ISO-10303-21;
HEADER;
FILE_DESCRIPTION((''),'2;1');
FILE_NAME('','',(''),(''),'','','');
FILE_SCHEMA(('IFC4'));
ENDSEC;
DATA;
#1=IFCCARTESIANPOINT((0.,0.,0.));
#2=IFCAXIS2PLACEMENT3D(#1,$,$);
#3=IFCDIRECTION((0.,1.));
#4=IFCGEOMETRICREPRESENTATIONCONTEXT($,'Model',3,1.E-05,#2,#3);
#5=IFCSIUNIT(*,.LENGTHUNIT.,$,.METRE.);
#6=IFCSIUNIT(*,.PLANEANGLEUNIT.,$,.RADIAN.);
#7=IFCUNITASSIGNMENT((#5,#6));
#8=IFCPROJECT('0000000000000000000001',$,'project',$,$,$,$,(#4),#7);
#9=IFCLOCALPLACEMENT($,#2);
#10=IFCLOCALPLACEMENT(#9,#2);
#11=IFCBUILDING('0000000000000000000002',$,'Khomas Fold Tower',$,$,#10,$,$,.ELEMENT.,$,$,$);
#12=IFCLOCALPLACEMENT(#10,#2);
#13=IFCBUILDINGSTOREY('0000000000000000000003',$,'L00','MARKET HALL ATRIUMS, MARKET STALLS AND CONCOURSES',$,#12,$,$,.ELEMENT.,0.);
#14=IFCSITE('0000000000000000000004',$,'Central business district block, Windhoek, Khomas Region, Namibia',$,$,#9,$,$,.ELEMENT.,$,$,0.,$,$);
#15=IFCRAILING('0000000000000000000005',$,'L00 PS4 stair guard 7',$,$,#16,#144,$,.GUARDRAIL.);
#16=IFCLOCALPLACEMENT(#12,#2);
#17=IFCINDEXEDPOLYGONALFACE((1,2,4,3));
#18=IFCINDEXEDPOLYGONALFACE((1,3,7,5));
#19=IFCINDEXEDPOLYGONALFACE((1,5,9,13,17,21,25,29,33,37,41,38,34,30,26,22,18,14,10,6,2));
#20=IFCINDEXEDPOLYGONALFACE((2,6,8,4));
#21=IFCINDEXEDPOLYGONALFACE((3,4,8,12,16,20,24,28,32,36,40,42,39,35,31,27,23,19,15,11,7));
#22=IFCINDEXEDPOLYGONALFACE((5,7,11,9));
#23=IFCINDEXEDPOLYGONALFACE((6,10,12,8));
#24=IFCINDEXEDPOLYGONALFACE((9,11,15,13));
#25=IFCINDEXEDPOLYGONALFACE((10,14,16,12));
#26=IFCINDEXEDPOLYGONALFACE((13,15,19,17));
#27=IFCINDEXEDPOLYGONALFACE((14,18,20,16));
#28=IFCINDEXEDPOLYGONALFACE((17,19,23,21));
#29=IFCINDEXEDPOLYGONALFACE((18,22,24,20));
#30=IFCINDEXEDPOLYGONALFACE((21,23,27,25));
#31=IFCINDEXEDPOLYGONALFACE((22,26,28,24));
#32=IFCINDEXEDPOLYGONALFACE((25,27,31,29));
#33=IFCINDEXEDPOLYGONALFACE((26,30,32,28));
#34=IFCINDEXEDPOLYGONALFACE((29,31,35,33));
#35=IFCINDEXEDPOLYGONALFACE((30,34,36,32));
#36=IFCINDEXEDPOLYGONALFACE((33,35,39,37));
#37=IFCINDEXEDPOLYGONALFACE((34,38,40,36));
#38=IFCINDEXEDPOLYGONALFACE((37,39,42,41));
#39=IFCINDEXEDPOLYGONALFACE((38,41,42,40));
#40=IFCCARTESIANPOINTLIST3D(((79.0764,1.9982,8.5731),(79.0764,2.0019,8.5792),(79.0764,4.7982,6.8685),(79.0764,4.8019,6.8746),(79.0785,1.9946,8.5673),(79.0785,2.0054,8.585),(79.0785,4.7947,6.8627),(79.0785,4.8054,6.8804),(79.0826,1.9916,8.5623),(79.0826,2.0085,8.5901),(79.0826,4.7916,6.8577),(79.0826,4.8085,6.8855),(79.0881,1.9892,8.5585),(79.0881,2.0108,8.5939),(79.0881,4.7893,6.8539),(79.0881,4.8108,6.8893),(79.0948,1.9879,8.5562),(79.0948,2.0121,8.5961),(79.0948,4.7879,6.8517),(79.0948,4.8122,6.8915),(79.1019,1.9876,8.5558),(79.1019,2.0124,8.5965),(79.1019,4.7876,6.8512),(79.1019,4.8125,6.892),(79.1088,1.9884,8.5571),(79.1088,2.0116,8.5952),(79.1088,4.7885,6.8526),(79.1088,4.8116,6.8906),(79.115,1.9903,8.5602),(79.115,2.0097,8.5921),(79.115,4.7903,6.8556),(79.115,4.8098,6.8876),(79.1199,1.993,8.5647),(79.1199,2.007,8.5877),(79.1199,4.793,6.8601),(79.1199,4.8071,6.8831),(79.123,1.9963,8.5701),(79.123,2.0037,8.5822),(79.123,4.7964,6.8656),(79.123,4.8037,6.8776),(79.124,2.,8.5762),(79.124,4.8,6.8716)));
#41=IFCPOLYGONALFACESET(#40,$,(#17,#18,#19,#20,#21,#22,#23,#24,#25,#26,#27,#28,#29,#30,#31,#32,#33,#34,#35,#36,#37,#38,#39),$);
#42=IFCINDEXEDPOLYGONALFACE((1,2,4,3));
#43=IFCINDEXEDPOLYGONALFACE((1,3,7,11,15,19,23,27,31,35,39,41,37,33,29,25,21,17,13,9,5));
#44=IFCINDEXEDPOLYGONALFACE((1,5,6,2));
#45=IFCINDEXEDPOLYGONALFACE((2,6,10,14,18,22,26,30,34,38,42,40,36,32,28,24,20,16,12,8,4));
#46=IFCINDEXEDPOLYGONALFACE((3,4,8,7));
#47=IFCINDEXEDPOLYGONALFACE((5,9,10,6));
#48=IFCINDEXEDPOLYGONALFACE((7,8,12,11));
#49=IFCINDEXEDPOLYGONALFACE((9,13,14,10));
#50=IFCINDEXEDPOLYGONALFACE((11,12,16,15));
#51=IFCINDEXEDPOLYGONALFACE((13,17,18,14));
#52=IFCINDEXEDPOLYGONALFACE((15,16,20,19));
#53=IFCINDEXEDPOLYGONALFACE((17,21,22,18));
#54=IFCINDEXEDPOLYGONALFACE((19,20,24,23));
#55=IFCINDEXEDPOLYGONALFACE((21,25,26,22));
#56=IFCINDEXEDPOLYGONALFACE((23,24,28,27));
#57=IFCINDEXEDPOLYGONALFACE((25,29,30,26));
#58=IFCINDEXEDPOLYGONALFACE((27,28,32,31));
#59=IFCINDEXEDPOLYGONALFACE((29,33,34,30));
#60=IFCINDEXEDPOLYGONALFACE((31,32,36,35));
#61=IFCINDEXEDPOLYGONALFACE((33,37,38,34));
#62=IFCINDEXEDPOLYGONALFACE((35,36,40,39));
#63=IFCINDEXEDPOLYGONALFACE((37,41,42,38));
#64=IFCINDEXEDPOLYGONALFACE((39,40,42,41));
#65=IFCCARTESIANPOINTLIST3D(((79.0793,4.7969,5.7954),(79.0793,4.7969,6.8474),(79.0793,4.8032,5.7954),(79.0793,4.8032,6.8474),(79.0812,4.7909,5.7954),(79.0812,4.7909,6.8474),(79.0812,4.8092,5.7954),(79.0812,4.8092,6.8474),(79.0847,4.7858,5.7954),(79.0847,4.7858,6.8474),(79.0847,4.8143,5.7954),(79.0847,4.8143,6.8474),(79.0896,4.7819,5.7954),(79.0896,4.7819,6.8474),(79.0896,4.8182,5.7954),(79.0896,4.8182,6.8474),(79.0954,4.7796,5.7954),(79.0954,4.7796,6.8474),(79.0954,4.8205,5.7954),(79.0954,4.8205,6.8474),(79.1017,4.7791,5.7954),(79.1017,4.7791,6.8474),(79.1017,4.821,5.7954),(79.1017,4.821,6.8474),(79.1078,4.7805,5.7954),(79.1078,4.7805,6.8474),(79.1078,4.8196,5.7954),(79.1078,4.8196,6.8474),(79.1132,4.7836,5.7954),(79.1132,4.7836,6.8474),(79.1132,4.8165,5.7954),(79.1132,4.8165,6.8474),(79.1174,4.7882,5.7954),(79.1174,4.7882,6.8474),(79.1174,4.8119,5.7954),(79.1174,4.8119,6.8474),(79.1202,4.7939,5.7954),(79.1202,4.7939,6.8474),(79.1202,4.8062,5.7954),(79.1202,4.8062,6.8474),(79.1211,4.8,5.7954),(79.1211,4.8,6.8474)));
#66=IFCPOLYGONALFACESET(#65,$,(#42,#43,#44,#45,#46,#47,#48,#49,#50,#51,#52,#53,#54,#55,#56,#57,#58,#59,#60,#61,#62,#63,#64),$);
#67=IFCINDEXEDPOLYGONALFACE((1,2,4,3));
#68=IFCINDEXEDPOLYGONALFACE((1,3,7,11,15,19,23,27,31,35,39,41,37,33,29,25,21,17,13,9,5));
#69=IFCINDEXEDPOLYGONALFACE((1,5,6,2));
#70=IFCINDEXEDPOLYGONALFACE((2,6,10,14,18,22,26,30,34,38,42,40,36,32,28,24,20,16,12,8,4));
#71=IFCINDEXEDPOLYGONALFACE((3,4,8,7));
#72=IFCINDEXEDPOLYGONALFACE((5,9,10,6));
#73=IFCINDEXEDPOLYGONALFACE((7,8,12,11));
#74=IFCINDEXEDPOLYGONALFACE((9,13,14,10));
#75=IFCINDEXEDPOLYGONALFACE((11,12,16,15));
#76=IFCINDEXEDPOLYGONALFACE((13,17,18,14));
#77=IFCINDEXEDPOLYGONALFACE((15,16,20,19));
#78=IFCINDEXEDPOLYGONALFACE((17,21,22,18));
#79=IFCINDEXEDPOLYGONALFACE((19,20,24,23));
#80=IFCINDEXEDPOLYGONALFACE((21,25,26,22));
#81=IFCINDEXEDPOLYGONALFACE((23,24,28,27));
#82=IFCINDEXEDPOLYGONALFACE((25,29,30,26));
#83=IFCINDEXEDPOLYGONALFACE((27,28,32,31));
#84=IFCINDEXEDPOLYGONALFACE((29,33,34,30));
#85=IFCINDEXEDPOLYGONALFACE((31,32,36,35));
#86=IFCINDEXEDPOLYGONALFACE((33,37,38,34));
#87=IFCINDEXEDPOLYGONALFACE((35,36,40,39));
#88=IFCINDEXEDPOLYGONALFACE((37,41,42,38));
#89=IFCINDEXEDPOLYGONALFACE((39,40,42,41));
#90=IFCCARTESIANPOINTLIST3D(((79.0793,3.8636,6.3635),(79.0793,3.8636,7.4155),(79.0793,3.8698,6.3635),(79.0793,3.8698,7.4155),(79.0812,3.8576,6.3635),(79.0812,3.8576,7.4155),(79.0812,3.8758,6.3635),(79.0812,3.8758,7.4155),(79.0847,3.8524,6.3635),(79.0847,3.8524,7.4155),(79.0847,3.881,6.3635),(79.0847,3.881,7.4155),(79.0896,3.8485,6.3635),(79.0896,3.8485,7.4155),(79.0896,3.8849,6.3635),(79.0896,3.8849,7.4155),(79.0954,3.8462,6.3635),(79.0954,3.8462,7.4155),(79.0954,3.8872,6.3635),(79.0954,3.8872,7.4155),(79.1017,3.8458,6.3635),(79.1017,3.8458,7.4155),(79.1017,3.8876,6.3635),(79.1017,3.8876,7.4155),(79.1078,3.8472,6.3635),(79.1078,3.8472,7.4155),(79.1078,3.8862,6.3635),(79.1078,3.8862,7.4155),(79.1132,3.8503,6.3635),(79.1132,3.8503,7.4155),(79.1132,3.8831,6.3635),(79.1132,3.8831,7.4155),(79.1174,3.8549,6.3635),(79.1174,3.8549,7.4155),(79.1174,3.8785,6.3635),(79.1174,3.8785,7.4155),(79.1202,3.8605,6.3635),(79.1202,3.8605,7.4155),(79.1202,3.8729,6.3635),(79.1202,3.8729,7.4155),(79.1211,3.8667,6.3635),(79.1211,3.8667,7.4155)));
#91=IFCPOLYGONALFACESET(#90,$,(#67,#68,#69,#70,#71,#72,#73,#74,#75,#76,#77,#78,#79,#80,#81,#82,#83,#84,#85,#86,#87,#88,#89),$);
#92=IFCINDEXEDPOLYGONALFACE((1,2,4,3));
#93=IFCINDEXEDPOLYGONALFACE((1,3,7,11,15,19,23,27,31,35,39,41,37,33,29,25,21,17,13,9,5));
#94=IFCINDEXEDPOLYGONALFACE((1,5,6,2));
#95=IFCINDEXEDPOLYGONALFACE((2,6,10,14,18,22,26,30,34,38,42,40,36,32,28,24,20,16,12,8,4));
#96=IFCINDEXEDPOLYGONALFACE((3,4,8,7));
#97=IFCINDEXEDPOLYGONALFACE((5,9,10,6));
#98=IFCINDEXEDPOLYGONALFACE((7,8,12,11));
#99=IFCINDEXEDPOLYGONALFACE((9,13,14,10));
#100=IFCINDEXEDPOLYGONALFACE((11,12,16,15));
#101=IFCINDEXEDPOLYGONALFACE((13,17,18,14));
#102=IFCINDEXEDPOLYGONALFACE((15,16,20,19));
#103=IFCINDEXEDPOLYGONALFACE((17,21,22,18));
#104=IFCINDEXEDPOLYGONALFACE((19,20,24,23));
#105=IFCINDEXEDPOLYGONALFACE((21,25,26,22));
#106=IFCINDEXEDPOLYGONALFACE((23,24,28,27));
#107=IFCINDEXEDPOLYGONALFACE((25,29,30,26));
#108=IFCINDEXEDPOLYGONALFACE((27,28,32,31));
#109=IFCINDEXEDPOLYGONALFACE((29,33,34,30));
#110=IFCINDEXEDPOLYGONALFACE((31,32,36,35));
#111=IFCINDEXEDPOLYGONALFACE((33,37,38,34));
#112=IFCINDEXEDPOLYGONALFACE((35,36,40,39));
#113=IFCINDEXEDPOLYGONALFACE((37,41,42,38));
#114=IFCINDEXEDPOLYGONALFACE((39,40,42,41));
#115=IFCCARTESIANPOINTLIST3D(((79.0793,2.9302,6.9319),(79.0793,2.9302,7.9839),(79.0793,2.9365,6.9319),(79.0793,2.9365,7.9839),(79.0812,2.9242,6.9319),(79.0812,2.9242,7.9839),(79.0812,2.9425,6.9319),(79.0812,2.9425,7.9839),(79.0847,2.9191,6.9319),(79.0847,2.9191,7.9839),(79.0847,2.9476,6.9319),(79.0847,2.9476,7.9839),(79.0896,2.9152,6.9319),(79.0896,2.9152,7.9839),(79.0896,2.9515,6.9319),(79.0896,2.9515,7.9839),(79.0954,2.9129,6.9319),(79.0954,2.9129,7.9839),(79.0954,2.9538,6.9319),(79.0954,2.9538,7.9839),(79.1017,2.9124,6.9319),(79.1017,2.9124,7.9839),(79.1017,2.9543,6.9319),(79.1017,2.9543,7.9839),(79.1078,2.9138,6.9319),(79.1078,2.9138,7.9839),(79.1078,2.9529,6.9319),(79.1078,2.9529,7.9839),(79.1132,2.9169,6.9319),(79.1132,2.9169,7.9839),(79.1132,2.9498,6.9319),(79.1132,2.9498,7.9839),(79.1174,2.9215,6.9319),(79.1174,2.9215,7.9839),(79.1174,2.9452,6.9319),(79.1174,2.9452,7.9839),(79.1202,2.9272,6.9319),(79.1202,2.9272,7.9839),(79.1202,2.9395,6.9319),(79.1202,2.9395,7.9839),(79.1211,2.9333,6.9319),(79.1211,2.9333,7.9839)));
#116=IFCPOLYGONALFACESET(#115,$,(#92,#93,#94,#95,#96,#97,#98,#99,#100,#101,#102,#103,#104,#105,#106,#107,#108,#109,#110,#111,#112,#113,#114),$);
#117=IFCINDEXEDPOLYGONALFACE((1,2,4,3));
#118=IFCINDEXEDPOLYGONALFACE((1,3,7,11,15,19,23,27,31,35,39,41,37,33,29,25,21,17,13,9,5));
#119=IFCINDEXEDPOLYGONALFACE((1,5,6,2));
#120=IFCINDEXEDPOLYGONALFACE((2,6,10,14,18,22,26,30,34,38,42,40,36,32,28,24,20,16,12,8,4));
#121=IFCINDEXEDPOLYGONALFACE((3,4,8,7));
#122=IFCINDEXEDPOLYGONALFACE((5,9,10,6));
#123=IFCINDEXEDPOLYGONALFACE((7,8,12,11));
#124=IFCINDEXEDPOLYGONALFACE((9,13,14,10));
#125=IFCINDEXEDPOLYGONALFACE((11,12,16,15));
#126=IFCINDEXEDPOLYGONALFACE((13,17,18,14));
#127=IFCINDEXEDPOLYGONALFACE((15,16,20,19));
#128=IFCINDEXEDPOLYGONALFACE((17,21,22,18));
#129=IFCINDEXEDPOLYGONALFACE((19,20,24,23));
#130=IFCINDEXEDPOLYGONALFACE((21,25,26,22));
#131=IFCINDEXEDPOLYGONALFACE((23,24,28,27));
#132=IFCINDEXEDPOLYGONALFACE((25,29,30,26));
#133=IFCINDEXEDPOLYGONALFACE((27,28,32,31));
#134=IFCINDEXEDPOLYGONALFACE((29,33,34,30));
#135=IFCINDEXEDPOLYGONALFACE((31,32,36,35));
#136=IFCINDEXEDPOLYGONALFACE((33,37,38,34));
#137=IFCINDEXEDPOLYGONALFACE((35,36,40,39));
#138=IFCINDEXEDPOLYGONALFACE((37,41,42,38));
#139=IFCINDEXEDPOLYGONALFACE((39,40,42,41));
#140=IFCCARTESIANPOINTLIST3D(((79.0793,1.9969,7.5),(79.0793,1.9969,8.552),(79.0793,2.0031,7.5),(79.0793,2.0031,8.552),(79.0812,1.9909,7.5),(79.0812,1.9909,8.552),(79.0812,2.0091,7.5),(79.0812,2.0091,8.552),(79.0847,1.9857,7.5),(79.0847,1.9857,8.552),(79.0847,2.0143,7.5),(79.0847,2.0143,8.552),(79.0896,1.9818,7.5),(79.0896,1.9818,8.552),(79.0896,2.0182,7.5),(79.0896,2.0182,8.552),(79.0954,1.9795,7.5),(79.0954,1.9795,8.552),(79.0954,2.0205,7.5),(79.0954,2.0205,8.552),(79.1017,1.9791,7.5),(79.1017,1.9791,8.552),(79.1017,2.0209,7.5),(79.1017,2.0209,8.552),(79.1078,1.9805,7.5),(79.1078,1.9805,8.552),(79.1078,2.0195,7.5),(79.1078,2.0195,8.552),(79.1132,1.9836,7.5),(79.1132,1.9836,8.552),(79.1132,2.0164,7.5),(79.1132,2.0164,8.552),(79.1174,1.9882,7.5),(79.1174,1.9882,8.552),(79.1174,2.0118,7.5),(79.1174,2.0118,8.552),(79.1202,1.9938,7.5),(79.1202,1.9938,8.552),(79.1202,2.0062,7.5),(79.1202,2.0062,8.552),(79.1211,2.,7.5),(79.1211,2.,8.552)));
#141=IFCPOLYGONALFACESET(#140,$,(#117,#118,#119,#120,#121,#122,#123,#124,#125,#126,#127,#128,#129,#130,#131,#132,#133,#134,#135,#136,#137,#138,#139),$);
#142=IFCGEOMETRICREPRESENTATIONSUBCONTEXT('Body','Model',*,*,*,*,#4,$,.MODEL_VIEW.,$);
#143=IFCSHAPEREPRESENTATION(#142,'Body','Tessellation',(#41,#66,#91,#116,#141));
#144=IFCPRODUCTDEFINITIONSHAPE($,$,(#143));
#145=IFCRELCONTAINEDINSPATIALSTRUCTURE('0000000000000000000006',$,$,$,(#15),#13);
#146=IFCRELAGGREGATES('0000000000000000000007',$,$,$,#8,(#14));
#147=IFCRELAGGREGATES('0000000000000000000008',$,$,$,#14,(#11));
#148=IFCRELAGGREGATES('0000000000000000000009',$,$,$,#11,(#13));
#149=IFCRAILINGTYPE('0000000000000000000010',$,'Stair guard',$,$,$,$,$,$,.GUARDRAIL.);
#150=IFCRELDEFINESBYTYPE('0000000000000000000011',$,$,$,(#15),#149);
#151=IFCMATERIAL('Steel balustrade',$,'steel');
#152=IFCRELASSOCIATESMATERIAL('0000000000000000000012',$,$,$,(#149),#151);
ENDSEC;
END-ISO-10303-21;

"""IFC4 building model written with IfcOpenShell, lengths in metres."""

from ifc_helpers import new_model, si_unit, direction, frame, origin, origin_2d, place, context, subcontext, project, spatial, circle, extrude, source, transform, mapped, material, type_object, element, save


model = new_model("IFC4")

# Units and contexts
model_context = context("Model", 3, precision=1e-05, world=origin(), true_north=direction((0.0, 1.0)))
body_context = subcontext(model_context, "Body", "Model", "MODEL_VIEW")
ifc_project = project(units=[si_unit("LENGTHUNIT", "METRE"), si_unit("PLANEANGLEUNIT", "RADIAN")], contexts=[model_context])

# Site, building, storey
site_placement = place(None, origin())
site = spatial("IfcSite", under=ifc_project, at=site_placement, Name="Central business district block, Windhoek, Khomas Region, Namibia", CompositionType="ELEMENT", RefElevation=0.0)
building_placement = place(site_placement, origin())
building = spatial("IfcBuilding", under=site, at=building_placement, Name="Khomas Fold Tower", CompositionType="ELEMENT")
storey_placement = place(building_placement, origin())
storey = spatial("IfcBuildingStorey", under=building, at=storey_placement, Name="L00", Description="MARKET HALL ATRIUMS, MARKET STALLS AND CONCOURSES", CompositionType="ELEMENT", Elevation=0.0)

# Railing
ifc_material_1 = material(Name="Steel balustrade", Category="steel")
railing_type_1 = type_object("IfcRailingType", Name="Stair guard", PredefinedType="GUARDRAIL", material=ifc_material_1)
shared_shape_1 = source(origin(), body_context, "Body", "SweptSolid", [
    extrude(circle(Radius=0.0239, at=origin_2d()), frame((0.0, 0.0, 1.0762), z_axis=(0.0, -0.85417, 0.519994), x_axis=(1.0, 0.0, 0.0)), (0.0, 0.0, 1.0), 3.2781),
    extrude(circle(Radius=0.021, at=origin_2d()), origin(), (0.0, 0.0, 1.0), 1.052),
    extrude(circle(Radius=0.021, at=origin_2d()), frame((0.0, -0.9333, 0.5681)), (0.0, 0.0, 1.0), 1.052),
    extrude(circle(Radius=0.021, at=origin_2d()), frame((0.0, -1.8667, 1.1365)), (0.0, 0.0, 1.0), 1.052),
    extrude(circle(Radius=0.021, at=origin_2d()), frame((0.0, -2.8, 1.7046)), (0.0, 0.0, 1.0), 1.052),
])
for number, where, name in (
    (1, (79.1001, 4.8, 5.7954), "L00 PS4 stair guard 7"),
):
    element("IfcRailing", number, at=place(storey_placement, frame(where)), inside=storey, type_object=railing_type_1, Name=name, PredefinedType="GUARDRAIL", context=body_context, shape_type="MappedRepresentation", body=[
        mapped(shared_shape_1, transform((0.0, 0.0, 0.0))),
    ])

save(model, "model.ifc")
